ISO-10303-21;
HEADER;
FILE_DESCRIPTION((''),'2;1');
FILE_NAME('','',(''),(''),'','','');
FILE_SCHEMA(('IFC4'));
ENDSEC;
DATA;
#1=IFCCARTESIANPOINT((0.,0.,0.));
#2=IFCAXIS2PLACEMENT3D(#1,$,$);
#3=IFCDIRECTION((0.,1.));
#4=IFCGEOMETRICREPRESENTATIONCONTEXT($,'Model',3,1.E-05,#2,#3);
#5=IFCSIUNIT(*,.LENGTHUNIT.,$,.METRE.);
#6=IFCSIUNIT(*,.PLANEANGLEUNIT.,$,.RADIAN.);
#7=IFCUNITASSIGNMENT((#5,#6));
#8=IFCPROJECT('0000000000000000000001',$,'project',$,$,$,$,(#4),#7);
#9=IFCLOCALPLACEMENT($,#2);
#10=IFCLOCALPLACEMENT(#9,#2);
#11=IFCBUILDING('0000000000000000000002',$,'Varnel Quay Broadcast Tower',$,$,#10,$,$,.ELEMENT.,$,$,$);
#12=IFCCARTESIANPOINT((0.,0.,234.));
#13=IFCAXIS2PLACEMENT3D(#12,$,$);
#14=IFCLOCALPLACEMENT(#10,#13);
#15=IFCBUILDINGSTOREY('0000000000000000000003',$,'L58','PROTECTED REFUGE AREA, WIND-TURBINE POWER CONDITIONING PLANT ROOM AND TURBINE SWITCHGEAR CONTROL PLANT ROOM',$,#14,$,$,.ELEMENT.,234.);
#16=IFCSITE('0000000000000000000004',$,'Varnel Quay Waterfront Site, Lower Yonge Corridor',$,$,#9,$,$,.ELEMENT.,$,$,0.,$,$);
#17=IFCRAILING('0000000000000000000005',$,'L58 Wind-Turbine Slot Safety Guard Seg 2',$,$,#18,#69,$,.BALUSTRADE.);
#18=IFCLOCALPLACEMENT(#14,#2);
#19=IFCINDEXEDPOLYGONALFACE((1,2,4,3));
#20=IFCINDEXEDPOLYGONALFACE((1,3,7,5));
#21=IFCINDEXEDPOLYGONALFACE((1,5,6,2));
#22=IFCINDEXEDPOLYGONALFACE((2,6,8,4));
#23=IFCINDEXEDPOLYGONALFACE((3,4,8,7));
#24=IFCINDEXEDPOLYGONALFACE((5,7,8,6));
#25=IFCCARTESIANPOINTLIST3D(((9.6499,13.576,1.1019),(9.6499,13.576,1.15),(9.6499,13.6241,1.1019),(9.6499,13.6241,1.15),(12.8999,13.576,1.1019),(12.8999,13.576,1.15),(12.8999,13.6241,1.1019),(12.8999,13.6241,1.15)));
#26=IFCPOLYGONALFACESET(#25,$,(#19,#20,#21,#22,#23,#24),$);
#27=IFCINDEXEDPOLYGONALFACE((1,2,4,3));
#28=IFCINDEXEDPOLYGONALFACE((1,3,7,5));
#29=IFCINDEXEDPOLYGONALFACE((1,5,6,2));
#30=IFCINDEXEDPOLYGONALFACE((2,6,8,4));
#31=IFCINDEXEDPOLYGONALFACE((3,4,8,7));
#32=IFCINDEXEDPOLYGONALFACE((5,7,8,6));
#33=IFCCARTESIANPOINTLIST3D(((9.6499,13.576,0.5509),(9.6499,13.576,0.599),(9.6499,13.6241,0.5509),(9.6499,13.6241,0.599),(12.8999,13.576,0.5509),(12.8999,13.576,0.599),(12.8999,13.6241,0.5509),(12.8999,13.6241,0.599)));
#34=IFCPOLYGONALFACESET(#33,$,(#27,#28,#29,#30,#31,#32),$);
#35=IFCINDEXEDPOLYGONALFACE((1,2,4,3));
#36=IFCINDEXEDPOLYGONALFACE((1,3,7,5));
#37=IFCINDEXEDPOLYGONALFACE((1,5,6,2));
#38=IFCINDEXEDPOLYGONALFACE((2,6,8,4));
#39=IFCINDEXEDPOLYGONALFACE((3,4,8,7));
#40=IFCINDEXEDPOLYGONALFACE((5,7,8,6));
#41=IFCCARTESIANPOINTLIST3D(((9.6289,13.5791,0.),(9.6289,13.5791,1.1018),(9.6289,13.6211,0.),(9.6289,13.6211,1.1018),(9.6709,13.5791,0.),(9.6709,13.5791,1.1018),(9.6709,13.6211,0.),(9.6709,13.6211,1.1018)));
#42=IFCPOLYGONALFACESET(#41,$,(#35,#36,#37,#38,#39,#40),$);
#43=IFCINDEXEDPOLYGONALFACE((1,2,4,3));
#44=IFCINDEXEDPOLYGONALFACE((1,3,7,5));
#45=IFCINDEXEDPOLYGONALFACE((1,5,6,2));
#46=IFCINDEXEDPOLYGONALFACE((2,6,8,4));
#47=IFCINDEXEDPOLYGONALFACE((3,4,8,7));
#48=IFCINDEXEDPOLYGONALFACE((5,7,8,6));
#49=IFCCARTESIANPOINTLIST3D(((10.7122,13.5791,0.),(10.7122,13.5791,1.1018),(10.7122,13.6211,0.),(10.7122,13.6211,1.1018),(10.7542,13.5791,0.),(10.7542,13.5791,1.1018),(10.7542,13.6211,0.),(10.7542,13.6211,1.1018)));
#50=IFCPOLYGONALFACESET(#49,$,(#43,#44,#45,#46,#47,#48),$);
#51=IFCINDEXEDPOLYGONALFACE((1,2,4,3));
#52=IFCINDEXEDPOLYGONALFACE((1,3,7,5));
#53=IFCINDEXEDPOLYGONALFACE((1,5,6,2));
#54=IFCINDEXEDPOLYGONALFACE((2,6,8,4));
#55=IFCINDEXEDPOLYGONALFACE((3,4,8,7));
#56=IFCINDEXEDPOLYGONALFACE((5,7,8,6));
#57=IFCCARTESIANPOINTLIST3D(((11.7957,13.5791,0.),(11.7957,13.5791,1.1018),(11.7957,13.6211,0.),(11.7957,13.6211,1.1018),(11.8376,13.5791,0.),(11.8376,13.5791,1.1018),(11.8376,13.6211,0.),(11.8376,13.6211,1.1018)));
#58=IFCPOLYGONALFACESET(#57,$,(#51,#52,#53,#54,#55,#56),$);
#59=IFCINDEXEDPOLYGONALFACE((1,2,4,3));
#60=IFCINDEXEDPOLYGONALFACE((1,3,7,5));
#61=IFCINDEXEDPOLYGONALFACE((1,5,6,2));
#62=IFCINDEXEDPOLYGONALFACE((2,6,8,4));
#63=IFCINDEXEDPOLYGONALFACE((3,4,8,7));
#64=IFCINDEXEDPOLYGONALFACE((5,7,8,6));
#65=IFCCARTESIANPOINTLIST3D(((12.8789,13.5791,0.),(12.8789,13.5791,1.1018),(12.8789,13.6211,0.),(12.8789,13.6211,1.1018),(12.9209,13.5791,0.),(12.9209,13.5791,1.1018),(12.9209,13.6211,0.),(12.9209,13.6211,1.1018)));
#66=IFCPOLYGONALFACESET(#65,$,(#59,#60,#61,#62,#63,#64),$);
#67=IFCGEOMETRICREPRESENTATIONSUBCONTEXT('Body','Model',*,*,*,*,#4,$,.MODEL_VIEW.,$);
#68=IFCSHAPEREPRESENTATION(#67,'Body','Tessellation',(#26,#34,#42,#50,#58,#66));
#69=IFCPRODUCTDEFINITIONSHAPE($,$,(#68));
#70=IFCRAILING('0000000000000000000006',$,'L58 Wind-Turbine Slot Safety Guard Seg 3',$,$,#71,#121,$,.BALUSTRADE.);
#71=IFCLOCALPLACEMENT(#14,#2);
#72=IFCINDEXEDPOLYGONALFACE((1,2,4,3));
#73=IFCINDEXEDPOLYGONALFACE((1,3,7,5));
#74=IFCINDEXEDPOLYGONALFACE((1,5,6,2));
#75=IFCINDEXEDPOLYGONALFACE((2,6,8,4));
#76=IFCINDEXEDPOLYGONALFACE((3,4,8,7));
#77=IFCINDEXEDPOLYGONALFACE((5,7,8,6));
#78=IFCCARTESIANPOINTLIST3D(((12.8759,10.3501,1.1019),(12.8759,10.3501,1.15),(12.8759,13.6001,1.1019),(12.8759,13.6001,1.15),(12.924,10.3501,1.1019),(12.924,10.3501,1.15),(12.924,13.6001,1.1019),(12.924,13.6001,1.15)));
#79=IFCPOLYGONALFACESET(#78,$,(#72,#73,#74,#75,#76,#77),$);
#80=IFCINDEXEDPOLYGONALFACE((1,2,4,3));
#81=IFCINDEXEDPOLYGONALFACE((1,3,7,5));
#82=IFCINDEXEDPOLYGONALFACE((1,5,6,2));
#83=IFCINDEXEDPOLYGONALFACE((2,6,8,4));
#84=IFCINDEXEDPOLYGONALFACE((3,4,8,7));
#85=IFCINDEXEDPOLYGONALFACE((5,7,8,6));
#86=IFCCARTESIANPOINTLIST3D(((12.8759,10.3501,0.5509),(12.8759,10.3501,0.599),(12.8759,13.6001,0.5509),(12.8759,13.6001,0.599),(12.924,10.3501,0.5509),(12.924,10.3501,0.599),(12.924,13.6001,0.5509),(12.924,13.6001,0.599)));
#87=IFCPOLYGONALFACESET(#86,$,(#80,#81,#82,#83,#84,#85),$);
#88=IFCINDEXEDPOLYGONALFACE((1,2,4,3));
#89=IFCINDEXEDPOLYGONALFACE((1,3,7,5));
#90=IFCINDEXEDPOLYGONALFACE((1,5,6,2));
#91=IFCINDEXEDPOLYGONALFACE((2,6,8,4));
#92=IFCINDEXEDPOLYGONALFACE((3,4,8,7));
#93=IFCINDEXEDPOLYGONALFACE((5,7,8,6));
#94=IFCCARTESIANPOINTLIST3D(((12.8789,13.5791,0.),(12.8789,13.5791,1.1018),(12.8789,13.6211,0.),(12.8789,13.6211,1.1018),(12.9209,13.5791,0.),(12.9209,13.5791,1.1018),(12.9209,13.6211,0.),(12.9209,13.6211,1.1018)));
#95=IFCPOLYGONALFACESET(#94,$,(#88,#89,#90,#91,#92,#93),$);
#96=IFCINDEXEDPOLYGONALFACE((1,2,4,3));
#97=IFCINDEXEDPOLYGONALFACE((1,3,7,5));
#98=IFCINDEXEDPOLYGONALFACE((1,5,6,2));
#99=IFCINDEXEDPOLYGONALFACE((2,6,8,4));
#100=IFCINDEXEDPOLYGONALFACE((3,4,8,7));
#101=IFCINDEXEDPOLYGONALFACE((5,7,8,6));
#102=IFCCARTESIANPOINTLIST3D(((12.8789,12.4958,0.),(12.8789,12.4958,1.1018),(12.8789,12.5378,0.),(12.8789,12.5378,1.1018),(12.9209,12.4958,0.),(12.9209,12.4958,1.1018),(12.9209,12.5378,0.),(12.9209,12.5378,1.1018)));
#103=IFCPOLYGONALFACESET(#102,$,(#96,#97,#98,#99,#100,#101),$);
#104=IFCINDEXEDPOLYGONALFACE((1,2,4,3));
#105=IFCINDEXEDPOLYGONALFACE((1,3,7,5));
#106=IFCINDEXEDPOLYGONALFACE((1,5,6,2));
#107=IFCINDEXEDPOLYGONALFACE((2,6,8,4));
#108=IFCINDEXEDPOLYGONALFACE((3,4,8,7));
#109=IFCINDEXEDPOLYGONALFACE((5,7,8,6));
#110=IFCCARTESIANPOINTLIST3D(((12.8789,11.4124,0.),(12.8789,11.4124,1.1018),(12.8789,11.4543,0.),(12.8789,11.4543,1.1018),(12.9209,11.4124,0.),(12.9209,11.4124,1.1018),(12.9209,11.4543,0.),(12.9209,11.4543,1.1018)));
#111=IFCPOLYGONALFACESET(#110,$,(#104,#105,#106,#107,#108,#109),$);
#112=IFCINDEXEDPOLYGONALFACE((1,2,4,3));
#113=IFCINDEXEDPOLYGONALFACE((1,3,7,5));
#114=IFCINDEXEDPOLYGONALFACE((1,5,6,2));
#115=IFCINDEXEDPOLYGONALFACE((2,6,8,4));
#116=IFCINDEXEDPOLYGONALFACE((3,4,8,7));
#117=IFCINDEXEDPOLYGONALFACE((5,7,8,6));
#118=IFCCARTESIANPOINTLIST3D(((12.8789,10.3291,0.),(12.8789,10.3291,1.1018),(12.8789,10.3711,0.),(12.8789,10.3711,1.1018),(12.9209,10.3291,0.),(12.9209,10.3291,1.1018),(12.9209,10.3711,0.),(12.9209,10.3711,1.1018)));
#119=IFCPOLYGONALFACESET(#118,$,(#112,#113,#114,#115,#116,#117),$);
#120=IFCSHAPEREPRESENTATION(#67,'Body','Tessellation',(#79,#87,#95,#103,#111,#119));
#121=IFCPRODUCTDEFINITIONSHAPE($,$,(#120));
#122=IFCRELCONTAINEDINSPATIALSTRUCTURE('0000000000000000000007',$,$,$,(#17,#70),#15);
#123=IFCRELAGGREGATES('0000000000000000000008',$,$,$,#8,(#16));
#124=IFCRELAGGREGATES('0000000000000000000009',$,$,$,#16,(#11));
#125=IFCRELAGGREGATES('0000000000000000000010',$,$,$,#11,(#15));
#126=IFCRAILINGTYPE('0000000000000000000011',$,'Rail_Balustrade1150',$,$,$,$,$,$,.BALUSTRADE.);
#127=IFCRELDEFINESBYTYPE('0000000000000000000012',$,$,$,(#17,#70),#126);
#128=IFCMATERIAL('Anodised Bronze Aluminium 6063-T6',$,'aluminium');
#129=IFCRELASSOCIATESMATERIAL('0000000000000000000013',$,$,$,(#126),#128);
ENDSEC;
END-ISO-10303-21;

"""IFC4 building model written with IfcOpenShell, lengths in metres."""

from ifc_helpers import new_model, si_unit, direction, frame, origin, origin_2d, place, context, subcontext, project, spatial, rectangle, extrude, material, type_object, element, save


model = new_model("IFC4")

# Units and contexts
model_context = context("Model", 3, precision=1e-05, world=origin(), true_north=direction((0.0, 1.0)))
body_context = subcontext(model_context, "Body", "Model", "MODEL_VIEW")
ifc_project = project(units=[si_unit("LENGTHUNIT", "METRE"), si_unit("PLANEANGLEUNIT", "RADIAN")], contexts=[model_context])

# Site, building, storey
site_placement = place(None, origin())
site = spatial("IfcSite", under=ifc_project, at=site_placement, Name="Varnel Quay Waterfront Site, Lower Yonge Corridor", CompositionType="ELEMENT", RefElevation=0.0)
building_placement = place(site_placement, origin())
building = spatial("IfcBuilding", under=site, at=building_placement, Name="Varnel Quay Broadcast Tower", CompositionType="ELEMENT")
storey_placement = place(building_placement, frame((0.0, 0.0, 234.0)))
storey = spatial("IfcBuildingStorey", under=building, at=storey_placement, Name="L58", Description="PROTECTED REFUGE AREA, WIND-TURBINE POWER CONDITIONING PLANT ROOM AND TURBINE SWITCHGEAR CONTROL PLANT ROOM", CompositionType="ELEMENT", Elevation=234.0)

# Shared definitions
ifc_material_1 = material(Name="Anodised Bronze Aluminium 6063-T6", Category="aluminium")

# Railings
railing_type = type_object("IfcRailingType", Name="Rail_Balustrade1150", PredefinedType="BALUSTRADE", material=ifc_material_1)
railing_1_placement = place(storey_placement, frame((9.6499, 13.6001, 0.0)))
element("IfcRailing", 1, at=railing_1_placement, inside=storey, type_object=railing_type, Name="L58 Wind-Turbine Slot Safety Guard Seg 2", PredefinedType="BALUSTRADE", context=body_context, shape_type="SweptSolid", body=[
    extrude(rectangle(XDim=0.0481, YDim=0.0481, at=origin_2d()), frame((0.0, 0.0, 1.126), z_axis=(1.0, 0.0, 0.0), x_axis=(0.0, 1.0, 0.0)), (0.0, 0.0, 1.0), 3.25),
    extrude(rectangle(XDim=0.0481, YDim=0.0481, at=origin_2d()), frame((0.0, 0.0, 0.575), z_axis=(1.0, 0.0, 0.0), x_axis=(0.0, 1.0, 0.0)), (0.0, 0.0, 1.0), 3.25),
    extrude(rectangle(XDim=0.042, YDim=0.042, at=origin_2d()), origin(), (0.0, 0.0, 1.0), 1.1018),
    extrude(rectangle(XDim=0.042, YDim=0.042, at=origin_2d()), frame((1.0833, 0.0, 0.0)), (0.0, 0.0, 1.0), 1.1018),
    extrude(rectangle(XDim=0.042, YDim=0.042, at=origin_2d()), frame((2.1667, 0.0, 0.0)), (0.0, 0.0, 1.0), 1.1018),
    extrude(rectangle(XDim=0.042, YDim=0.042, at=origin_2d()), frame((3.25, 0.0, 0.0)), (0.0, 0.0, 1.0), 1.1018),
])
railing_2_placement = place(storey_placement, frame((12.8999, 13.6001, 0.0)))
element("IfcRailing", 2, at=railing_2_placement, inside=storey, type_object=railing_type, Name="L58 Wind-Turbine Slot Safety Guard Seg 3", PredefinedType="BALUSTRADE", context=body_context, shape_type="SweptSolid", body=[
    extrude(rectangle(XDim=0.0481, YDim=0.0481, at=origin_2d()), frame((0.0, 0.0, 1.126), z_axis=(0.0, -1.0, 0.0), x_axis=(1.0, 0.0, 0.0)), (0.0, 0.0, 1.0), 3.25),
    extrude(rectangle(XDim=0.0481, YDim=0.0481, at=origin_2d()), frame((0.0, 0.0, 0.575), z_axis=(0.0, -1.0, 0.0), x_axis=(1.0, 0.0, 0.0)), (0.0, 0.0, 1.0), 3.25),
    extrude(rectangle(XDim=0.042, YDim=0.042, at=origin_2d()), origin(), (0.0, 0.0, 1.0), 1.1018),
    extrude(rectangle(XDim=0.042, YDim=0.042, at=origin_2d()), frame((0.0, -1.0833, 0.0)), (0.0, 0.0, 1.0), 1.1018),
    extrude(rectangle(XDim=0.042, YDim=0.042, at=origin_2d()), frame((0.0, -2.1667, 0.0)), (0.0, 0.0, 1.0), 1.1018),
    extrude(rectangle(XDim=0.042, YDim=0.042, at=origin_2d()), frame((0.0, -3.25, 0.0)), (0.0, 0.0, 1.0), 1.1018),
])

save(model, "model.ifc")
